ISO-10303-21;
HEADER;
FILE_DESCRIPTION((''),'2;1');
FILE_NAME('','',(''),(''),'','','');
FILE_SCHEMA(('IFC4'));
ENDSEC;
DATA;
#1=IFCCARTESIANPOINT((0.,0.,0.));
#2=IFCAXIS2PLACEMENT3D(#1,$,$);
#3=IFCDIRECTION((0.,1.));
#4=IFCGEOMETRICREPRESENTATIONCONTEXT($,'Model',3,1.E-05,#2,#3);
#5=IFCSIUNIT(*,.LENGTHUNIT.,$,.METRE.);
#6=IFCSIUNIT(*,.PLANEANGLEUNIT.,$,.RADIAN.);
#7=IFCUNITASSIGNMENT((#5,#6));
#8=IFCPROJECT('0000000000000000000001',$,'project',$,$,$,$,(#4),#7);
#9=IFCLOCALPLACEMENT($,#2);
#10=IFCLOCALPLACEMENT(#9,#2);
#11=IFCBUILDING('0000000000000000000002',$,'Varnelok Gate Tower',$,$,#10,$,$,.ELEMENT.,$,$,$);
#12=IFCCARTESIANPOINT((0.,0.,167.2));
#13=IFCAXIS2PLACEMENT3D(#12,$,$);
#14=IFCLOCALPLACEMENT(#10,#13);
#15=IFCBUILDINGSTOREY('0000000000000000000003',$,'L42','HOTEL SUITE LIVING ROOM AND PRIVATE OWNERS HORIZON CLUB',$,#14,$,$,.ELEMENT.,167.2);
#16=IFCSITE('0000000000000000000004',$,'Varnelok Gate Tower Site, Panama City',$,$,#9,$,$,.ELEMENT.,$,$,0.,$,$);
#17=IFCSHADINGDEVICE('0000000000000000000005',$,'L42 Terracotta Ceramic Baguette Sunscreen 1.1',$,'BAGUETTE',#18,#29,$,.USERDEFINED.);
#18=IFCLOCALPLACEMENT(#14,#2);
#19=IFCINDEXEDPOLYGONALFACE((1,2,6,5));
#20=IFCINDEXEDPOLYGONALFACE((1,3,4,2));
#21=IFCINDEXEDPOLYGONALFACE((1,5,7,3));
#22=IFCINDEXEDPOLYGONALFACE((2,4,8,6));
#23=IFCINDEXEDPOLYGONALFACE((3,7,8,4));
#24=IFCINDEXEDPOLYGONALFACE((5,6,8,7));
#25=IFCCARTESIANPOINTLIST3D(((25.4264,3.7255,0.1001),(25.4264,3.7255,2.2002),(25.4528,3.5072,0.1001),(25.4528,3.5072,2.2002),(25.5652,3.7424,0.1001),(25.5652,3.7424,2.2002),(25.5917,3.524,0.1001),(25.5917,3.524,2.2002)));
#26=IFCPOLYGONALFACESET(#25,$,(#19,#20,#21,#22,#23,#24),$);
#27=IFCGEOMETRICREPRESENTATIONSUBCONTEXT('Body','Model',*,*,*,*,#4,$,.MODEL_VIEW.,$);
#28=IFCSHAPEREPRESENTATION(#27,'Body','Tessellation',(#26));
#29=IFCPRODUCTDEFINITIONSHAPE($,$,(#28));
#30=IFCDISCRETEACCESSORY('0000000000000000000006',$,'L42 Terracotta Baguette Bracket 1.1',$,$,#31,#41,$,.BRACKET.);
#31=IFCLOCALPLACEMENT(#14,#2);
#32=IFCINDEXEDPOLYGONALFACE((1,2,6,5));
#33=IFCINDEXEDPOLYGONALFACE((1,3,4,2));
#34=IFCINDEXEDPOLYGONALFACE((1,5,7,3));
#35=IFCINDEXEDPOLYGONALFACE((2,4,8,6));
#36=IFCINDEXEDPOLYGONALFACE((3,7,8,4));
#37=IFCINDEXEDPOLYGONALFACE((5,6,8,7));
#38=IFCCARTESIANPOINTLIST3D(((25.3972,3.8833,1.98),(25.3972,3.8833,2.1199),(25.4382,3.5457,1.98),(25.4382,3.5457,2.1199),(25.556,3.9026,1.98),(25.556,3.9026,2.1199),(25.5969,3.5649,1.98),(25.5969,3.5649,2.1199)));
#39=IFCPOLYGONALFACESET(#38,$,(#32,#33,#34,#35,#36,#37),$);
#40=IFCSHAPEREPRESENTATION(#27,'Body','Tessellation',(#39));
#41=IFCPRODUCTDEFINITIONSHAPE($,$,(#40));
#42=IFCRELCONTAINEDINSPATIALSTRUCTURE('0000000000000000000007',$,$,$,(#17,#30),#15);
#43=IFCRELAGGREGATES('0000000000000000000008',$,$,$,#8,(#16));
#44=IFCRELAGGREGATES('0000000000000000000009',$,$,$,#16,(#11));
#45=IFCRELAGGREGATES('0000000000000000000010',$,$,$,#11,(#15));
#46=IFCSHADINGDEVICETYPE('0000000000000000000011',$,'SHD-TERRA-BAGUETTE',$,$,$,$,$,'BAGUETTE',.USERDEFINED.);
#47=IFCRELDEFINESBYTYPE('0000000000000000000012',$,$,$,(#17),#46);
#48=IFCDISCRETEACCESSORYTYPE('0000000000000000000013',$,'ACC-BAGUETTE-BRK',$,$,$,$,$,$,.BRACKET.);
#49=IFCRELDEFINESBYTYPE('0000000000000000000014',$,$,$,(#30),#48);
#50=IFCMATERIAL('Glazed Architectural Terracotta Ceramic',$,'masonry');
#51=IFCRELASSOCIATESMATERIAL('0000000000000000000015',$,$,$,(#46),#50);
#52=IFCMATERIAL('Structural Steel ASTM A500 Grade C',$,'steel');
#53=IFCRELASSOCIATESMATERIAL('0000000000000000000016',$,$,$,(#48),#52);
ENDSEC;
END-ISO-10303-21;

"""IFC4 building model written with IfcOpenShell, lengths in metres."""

from ifc_helpers import new_model, si_unit, direction, frame, origin, origin_2d, place, context, subcontext, project, spatial, rectangle, extrude, source, transform, mapped, material, type_object, element, save


model = new_model("IFC4")

# Units and contexts
model_context = context("Model", 3, precision=1e-05, world=origin(), true_north=direction((0.0, 1.0)))
body_context = subcontext(model_context, "Body", "Model", "MODEL_VIEW")
ifc_project = project(units=[si_unit("LENGTHUNIT", "METRE"), si_unit("PLANEANGLEUNIT", "RADIAN")], contexts=[model_context])

# Site, building, storey
site_placement = place(None, origin())
site = spatial("IfcSite", under=ifc_project, at=site_placement, Name="Varnelok Gate Tower Site, Panama City", CompositionType="ELEMENT", RefElevation=0.0)
building_placement = place(site_placement, origin())
building = spatial("IfcBuilding", under=site, at=building_placement, Name="Varnelok Gate Tower", CompositionType="ELEMENT")
storey_placement = place(building_placement, frame((0.0, 0.0, 167.2)))
storey = spatial("IfcBuildingStorey", under=building, at=storey_placement, Name="L42", Description="HOTEL SUITE LIVING ROOM AND PRIVATE OWNERS HORIZON CLUB", CompositionType="ELEMENT", Elevation=167.2)

# Shading device
ifc_material_1 = material(Name="Glazed Architectural Terracotta Ceramic", Category="masonry")
shading_device_type = type_object("IfcShadingDeviceType", Name="SHD-TERRA-BAGUETTE", ElementType="BAGUETTE", PredefinedType="USERDEFINED", material=ifc_material_1)
shared_shape_1 = source(origin(), body_context, "Body", "SweptSolid", [
    extrude(rectangle(XDim=0.1399, YDim=0.22, at=origin_2d()), origin(), (0.0, 0.0, 1.0), 2.1001),
])
shading_device_placement = place(storey_placement, frame((25.509, 3.6248, 0.1001), z_axis=(0.0, 0.0, 1.0), x_axis=(0.992732, 0.120345, 0.0)))
element("IfcShadingDevice", 1, at=shading_device_placement, inside=storey, type_object=shading_device_type, Name="L42 Terracotta Ceramic Baguette Sunscreen 1.1", ObjectType="BAGUETTE", PredefinedType="USERDEFINED", context=body_context, shape_type="MappedRepresentation", body=[
    mapped(shared_shape_1, transform((0.0, 0.0, 0.0), scale=1.0)),
])

# Discrete accessory
ifc_material_2 = material(Name="Structural Steel ASTM A500 Grade C", Category="steel")
discrete_accessory_type = type_object("IfcDiscreteAccessoryType", Name="ACC-BAGUETTE-BRK", PredefinedType="BRACKET", material=ifc_material_2)
shared_shape_2 = source(origin(), body_context, "Body", "SweptSolid", [
    extrude(rectangle(XDim=0.1599, YDim=0.3401, at=origin_2d()), origin(), (0.0, 0.0, 1.0), 0.1399),
])
discrete_accessory_placement = place(storey_placement, frame((25.4971, 3.7241, 1.98), z_axis=(0.0, 0.0, 1.0), x_axis=(0.992732, 0.120345, 0.0)))
element("IfcDiscreteAccessory", 2, at=discrete_accessory_placement, inside=storey, type_object=discrete_accessory_type, Name="L42 Terracotta Baguette Bracket 1.1", PredefinedType="BRACKET", context=body_context, shape_type="MappedRepresentation", body=[
    mapped(shared_shape_2, transform((0.0, 0.0, 0.0), scale=1.0)),
])

save(model, "model.ifc")
